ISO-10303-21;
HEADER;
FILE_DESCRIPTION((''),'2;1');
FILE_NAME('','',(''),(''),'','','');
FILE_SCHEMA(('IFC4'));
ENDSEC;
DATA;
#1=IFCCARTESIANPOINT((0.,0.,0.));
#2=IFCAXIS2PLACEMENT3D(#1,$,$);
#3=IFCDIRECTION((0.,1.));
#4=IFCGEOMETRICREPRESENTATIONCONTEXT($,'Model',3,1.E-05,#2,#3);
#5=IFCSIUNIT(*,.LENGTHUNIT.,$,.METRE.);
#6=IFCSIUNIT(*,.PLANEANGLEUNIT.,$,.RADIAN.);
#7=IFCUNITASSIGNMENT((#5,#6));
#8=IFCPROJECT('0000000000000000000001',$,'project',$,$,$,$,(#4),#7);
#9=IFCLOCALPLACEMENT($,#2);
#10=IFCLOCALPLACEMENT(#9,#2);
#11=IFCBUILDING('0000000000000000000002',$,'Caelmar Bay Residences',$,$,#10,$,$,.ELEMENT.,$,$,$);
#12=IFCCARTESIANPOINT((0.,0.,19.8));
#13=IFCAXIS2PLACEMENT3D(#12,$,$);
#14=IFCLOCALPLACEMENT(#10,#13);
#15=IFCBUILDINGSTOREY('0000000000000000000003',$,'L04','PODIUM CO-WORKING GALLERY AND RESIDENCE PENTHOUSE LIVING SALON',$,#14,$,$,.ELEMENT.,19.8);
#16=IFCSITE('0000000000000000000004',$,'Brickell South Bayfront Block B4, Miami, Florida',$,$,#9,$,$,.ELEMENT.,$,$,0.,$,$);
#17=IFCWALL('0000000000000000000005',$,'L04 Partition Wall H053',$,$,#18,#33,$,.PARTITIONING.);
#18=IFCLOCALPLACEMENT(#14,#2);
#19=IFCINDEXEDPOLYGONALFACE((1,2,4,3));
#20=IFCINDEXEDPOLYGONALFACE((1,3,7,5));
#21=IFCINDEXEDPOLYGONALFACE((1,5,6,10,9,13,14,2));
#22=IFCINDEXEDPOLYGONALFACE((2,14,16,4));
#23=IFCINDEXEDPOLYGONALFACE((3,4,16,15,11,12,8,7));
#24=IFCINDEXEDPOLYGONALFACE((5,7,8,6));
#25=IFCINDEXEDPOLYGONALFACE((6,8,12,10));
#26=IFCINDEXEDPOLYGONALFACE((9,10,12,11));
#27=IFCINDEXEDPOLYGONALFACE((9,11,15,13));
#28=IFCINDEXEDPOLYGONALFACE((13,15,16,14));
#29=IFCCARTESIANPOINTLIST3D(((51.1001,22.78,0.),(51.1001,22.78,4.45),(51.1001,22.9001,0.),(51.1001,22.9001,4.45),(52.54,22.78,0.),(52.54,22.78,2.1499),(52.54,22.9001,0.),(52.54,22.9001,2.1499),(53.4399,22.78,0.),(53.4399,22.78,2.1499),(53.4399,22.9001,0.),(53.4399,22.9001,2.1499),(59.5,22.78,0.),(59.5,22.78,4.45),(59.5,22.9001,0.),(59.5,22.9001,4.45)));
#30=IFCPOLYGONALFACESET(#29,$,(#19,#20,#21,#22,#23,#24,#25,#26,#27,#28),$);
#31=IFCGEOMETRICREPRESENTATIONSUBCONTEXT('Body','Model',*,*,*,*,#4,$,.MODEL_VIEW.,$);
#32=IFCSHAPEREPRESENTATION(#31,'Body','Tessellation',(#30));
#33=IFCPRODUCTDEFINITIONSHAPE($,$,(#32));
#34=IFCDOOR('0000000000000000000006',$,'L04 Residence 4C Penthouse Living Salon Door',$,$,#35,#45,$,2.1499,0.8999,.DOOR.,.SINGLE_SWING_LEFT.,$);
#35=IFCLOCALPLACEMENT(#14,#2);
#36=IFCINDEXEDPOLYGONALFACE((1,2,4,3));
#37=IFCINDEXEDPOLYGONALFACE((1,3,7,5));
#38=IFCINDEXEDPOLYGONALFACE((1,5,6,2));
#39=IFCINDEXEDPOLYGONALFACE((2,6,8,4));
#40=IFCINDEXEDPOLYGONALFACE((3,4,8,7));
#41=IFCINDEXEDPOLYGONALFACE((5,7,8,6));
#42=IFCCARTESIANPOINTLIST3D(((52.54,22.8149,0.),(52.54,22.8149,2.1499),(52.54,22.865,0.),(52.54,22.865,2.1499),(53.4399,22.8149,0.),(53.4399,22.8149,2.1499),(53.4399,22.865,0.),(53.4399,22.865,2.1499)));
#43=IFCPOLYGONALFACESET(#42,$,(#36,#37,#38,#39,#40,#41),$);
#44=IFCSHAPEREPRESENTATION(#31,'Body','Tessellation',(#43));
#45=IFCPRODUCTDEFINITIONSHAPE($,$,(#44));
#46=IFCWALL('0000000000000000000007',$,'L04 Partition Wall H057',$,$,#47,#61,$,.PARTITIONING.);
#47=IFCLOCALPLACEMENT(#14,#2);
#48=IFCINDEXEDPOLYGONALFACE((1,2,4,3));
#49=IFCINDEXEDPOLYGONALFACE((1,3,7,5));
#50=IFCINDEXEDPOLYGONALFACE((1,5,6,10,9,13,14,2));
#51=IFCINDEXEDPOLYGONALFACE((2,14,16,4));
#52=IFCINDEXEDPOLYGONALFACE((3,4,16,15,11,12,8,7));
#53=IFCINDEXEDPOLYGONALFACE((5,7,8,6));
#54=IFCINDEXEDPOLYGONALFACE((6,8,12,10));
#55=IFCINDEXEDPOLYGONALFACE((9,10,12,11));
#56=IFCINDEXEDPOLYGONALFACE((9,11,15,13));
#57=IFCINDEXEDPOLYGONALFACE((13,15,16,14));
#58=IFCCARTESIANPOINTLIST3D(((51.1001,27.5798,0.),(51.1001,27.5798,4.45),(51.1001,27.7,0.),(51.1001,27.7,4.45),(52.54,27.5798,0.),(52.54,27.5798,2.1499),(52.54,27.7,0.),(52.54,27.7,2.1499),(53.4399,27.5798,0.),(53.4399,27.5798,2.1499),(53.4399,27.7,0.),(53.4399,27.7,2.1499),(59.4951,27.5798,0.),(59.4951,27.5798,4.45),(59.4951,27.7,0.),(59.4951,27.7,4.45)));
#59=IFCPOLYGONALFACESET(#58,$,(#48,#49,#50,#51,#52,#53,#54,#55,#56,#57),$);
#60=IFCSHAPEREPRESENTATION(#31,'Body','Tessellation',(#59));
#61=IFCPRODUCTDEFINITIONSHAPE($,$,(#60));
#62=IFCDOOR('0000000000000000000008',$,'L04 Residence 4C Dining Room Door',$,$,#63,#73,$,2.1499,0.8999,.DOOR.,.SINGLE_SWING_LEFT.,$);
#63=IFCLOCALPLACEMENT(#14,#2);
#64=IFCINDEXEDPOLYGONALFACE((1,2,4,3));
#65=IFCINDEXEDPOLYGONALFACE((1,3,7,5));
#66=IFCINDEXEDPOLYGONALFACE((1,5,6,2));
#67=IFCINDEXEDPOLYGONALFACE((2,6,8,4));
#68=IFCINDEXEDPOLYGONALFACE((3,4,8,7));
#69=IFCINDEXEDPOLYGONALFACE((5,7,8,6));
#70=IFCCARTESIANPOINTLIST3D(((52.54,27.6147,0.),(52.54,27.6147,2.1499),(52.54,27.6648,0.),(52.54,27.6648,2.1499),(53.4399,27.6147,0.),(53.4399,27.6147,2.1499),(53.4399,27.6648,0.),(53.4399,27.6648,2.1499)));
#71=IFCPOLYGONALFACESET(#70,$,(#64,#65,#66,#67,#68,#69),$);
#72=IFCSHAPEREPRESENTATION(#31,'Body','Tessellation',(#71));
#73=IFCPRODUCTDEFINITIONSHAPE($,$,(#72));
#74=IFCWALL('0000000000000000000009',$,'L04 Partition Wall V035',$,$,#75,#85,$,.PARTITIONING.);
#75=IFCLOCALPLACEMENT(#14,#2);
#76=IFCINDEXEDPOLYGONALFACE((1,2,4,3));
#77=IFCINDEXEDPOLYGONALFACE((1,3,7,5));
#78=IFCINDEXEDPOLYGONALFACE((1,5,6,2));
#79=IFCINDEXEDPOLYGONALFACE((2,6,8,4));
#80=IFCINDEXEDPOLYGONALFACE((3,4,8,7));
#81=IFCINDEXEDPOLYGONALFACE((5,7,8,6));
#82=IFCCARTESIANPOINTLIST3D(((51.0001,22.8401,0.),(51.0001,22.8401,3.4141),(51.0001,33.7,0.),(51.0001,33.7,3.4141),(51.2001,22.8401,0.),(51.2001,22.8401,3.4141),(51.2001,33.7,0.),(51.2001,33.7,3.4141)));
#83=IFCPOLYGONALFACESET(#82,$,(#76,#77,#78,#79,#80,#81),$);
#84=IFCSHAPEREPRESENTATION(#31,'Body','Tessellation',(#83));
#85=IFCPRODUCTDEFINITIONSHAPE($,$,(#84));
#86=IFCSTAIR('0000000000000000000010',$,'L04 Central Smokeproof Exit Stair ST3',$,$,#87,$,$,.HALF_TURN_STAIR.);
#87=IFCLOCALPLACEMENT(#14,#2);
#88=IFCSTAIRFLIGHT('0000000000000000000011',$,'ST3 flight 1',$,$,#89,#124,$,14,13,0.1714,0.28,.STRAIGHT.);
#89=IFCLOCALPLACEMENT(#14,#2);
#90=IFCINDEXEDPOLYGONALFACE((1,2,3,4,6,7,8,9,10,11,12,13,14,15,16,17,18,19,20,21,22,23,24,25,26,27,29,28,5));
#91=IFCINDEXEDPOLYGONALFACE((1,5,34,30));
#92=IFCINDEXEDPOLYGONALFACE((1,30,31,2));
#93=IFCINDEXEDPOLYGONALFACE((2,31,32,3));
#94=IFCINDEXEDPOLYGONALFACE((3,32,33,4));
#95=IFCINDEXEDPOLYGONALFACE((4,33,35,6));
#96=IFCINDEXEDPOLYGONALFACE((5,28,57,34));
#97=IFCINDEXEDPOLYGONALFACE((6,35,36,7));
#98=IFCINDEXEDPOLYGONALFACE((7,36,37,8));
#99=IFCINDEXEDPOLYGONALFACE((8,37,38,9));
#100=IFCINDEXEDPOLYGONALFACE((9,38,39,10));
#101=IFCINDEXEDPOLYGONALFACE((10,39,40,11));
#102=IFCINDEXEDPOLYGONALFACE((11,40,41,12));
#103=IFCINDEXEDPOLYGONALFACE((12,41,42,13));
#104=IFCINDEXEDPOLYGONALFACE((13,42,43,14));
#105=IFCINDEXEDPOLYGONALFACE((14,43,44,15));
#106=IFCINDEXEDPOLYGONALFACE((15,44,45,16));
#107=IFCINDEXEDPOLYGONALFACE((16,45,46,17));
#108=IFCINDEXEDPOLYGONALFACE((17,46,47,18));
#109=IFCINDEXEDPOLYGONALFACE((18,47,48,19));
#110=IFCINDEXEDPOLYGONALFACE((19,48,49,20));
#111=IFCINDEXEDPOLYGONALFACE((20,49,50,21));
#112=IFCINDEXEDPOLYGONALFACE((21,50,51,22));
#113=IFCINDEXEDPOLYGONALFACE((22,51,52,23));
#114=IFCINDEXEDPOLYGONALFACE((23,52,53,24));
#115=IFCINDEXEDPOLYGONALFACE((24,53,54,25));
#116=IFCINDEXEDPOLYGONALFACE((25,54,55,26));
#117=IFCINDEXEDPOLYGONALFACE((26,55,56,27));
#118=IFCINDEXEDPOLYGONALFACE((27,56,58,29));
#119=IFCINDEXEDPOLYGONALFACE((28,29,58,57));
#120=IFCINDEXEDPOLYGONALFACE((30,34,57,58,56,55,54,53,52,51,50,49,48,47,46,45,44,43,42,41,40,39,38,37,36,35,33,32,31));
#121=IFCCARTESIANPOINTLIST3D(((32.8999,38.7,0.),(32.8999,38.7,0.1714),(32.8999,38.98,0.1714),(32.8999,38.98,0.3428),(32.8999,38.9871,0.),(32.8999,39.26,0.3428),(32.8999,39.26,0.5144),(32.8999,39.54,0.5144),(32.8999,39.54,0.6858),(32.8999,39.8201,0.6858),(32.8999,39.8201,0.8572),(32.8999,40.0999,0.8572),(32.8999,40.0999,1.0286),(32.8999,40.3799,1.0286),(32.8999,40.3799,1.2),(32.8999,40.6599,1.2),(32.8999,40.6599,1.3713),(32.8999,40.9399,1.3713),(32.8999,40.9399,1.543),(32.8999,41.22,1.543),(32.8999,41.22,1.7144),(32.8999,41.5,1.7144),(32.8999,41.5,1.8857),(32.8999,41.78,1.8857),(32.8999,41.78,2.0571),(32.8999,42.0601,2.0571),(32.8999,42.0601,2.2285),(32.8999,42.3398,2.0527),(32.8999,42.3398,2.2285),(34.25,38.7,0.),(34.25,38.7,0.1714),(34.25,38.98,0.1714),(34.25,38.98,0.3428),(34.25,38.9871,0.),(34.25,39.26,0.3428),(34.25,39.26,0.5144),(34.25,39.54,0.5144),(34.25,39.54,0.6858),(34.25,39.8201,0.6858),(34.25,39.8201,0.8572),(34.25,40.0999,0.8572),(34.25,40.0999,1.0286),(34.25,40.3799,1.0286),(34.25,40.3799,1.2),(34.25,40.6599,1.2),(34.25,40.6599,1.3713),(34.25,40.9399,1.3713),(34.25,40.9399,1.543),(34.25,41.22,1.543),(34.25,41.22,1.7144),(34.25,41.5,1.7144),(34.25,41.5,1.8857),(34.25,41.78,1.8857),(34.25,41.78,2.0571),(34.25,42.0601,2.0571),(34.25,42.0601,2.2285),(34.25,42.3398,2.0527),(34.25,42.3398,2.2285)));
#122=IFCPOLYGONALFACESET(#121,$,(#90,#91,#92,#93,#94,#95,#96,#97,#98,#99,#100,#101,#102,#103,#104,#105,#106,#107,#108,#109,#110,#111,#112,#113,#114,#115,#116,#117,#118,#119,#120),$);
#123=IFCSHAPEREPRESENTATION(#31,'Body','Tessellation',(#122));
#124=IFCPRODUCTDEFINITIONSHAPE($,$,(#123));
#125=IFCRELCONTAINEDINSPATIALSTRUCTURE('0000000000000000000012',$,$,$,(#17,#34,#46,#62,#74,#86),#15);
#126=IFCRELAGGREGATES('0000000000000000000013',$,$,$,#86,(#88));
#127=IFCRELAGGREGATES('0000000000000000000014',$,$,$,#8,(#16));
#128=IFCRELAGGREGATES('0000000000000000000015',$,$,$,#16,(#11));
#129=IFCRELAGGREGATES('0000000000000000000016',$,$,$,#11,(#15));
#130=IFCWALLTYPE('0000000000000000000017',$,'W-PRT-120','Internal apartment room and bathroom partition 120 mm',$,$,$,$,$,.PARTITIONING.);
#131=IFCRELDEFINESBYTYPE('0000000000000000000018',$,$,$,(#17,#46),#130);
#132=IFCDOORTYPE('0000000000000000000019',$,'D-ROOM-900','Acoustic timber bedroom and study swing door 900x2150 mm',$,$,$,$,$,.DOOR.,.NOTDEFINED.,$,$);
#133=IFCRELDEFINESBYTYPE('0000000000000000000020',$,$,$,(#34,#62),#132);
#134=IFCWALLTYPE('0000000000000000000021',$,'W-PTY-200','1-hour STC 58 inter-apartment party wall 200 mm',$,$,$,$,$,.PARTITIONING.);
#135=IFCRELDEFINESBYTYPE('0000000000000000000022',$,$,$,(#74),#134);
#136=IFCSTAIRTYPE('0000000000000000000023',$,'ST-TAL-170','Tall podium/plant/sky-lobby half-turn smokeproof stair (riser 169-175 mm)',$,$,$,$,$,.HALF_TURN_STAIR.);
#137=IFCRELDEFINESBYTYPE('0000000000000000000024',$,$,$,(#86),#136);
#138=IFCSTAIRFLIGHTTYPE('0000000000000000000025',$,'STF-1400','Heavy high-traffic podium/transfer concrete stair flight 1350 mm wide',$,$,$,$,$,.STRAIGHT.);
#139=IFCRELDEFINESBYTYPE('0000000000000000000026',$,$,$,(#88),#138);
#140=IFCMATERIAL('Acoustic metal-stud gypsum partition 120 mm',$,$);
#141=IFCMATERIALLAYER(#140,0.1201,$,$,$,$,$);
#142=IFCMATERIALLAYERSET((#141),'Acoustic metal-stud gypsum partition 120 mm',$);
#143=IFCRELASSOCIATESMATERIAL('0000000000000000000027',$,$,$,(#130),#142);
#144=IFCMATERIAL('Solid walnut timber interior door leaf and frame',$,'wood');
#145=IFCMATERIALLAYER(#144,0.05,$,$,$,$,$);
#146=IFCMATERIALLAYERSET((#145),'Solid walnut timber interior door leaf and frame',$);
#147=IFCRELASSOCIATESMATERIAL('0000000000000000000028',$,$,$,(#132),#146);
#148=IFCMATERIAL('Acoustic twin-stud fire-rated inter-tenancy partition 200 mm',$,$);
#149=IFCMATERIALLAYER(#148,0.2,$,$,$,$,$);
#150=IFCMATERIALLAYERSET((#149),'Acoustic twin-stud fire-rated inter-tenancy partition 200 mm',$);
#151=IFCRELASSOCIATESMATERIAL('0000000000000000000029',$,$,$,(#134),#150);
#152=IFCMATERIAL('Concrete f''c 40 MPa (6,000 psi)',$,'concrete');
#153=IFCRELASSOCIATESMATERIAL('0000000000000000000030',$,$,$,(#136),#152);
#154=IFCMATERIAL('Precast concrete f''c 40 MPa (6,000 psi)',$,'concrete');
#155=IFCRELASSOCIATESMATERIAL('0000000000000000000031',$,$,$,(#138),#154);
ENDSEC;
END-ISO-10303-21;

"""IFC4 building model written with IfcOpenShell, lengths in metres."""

from ifc_helpers import new_model, si_unit, direction, frame, frame_2d, origin, place, context, subcontext, project, spatial, polyline, rectangle, outline, extrude, material, layer, layer_set, type_object, element, fill, aggregate, save


model = new_model("IFC4")

# Units and contexts
model_context = context("Model", 3, precision=1e-05, world=origin(), true_north=direction((0.0, 1.0)))
body_context = subcontext(model_context, "Body", "Model", "MODEL_VIEW")
ifc_project = project(units=[si_unit("LENGTHUNIT", "METRE"), si_unit("PLANEANGLEUNIT", "RADIAN")], contexts=[model_context])

# Site, building, storey
site_placement = place(None, origin())
site = spatial("IfcSite", under=ifc_project, at=site_placement, Name="Brickell South Bayfront Block B4, Miami, Florida", CompositionType="ELEMENT", RefElevation=0.0)
building_placement = place(site_placement, origin())
building = spatial("IfcBuilding", under=site, at=building_placement, Name="Caelmar Bay Residences", CompositionType="ELEMENT")
storey_placement = place(building_placement, frame((0.0, 0.0, 19.8)))
storey = spatial("IfcBuildingStorey", under=building, at=storey_placement, Name="L04", Description="PODIUM CO-WORKING GALLERY AND RESIDENCE PENTHOUSE LIVING SALON", CompositionType="ELEMENT", Elevation=19.8)

# Walls, openings, doors
ifc_material_1 = material(Name="Acoustic metal-stud gypsum partition 120 mm")
ifc_layer_1 = layer(ifc_material_1, 0.1201)
ifc_layer_set_1 = layer_set([ifc_layer_1], Name="Acoustic metal-stud gypsum partition 120 mm")
wall_type_1 = type_object("IfcWallType", Name="W-PRT-120", Description="Internal apartment room and bathroom partition 120 mm", PredefinedType="PARTITIONING", material=ifc_layer_set_1)
ifc_material_2 = material(Name="Solid walnut timber interior door leaf and frame", Category="wood")
ifc_layer_2 = layer(ifc_material_2, 0.05)
ifc_layer_set_2 = layer_set([ifc_layer_2], Name="Solid walnut timber interior door leaf and frame")
door_type_1 = type_object("IfcDoorType", Name="D-ROOM-900", Description="Acoustic timber bedroom and study swing door 900x2150 mm", OperationType="NOTDEFINED", PredefinedType="DOOR", material=ifc_layer_set_2)
wall_1_placement = place(storey_placement, frame((51.1001, 22.8401, 0.0), z_axis=(0.0, 0.0, 1.0), x_axis=(1.0, 0.0, 0.0)))
wall_1 = element("IfcWall", 1, at=wall_1_placement, inside=storey, type_object=wall_type_1, Name="L04 Partition Wall H053", PredefinedType="PARTITIONING", context=body_context, shape_type="SweptSolid", body=[
    extrude(rectangle(XDim=8.3999, YDim=0.1201, at=frame_2d((4.2, 0.0))), origin(), (0.0, 0.0, 1.0), 4.45),
])
opening_1_placement = place(wall_1_placement, frame((1.4399, 0.0, 0.0)))
opening_1 = element("IfcOpeningElement", 2, at=opening_1_placement, cuts=wall_1, PredefinedType="OPENING", context=body_context, shape_type="SweptSolid", body=[
    extrude(rectangle(XDim=0.8999, YDim=2.1499, at=frame_2d((0.45, 1.075))), frame((0.0, 0.0701, 0.0), z_axis=(0.0, -1.0, 0.0), x_axis=(1.0, 0.0, 0.0)), (0.0, 0.0, 1.0), 0.1401),
])
door_1_placement = place(opening_1_placement, origin())
door_1 = element("IfcDoor", 3, at=door_1_placement, inside=storey, type_object=door_type_1, Name="L04 Residence 4C Penthouse Living Salon Door", OperationType="SINGLE_SWING_LEFT", OverallHeight=2.1499, OverallWidth=0.8999, PredefinedType="DOOR", context=body_context, shape_type="SweptSolid", body=[
    extrude(rectangle(XDim=0.8999, YDim=2.1499, at=frame_2d((0.45, 1.075))), frame((0.0, 0.0249, 0.0), z_axis=(0.0, -1.0, 0.0), x_axis=(1.0, 0.0, 0.0)), (0.0, 0.0, 1.0), 0.05),
])
fill(opening_1, door_1)
wall_2_placement = place(storey_placement, frame((51.1001, 27.6399, 0.0), z_axis=(0.0, 0.0, 1.0), x_axis=(1.0, 0.0, 0.0)))
wall_2 = element("IfcWall", 4, at=wall_2_placement, inside=storey, type_object=wall_type_1, Name="L04 Partition Wall H057", PredefinedType="PARTITIONING", context=body_context, shape_type="SweptSolid", body=[
    extrude(rectangle(XDim=8.395, YDim=0.1201, at=frame_2d((4.1975, 0.0))), origin(), (0.0, 0.0, 1.0), 4.45),
])
opening_2_placement = place(wall_2_placement, frame((1.4399, 0.0, 0.0)))
opening_2 = element("IfcOpeningElement", 5, at=opening_2_placement, cuts=wall_2, PredefinedType="OPENING", context=body_context, shape_type="SweptSolid", body=[
    extrude(rectangle(XDim=0.8999, YDim=2.1499, at=frame_2d((0.45, 1.075))), frame((0.0, 0.0701, 0.0), z_axis=(0.0, -1.0, 0.0), x_axis=(1.0, 0.0, 0.0)), (0.0, 0.0, 1.0), 0.1401),
])
door_2_placement = place(opening_2_placement, origin())
door_2 = element("IfcDoor", 6, at=door_2_placement, inside=storey, type_object=door_type_1, Name="L04 Residence 4C Dining Room Door", OperationType="SINGLE_SWING_LEFT", OverallHeight=2.1499, OverallWidth=0.8999, PredefinedType="DOOR", context=body_context, shape_type="SweptSolid", body=[
    extrude(rectangle(XDim=0.8999, YDim=2.1499, at=frame_2d((0.45, 1.075))), frame((0.0, 0.0249, 0.0), z_axis=(0.0, -1.0, 0.0), x_axis=(1.0, 0.0, 0.0)), (0.0, 0.0, 1.0), 0.05),
])
fill(opening_2, door_2)

# Wall
ifc_material_3 = material(Name="Acoustic twin-stud fire-rated inter-tenancy partition 200 mm")
ifc_layer_3 = layer(ifc_material_3, 0.2)
ifc_layer_set_3 = layer_set([ifc_layer_3], Name="Acoustic twin-stud fire-rated inter-tenancy partition 200 mm")
wall_type_2 = type_object("IfcWallType", Name="W-PTY-200", Description="1-hour STC 58 inter-apartment party wall 200 mm", PredefinedType="PARTITIONING", material=ifc_layer_set_3)
wall_3_placement = place(storey_placement, frame((51.1001, 22.8401, 0.0), z_axis=(0.0, 0.0, 1.0), x_axis=(0.0, 1.0, 0.0)))
element("IfcWall", 7, at=wall_3_placement, inside=storey, type_object=wall_type_2, Name="L04 Partition Wall V035", PredefinedType="PARTITIONING", context=body_context, shape_type="SweptSolid", body=[
    extrude(rectangle(XDim=10.8599, YDim=0.2, at=frame_2d((5.4299, 0.0))), origin(), (0.0, 0.0, 1.0), 3.4141),
])

# Stair, stair flight
ifc_material_4 = material(Name="Concrete f'c 40 MPa (6,000 psi)", Category="concrete")
stair_type = type_object("IfcStairType", Name="ST-TAL-170", Description="Tall podium/plant/sky-lobby half-turn smokeproof stair (riser 169-175 mm)", PredefinedType="HALF_TURN_STAIR", material=ifc_material_4)
stair_placement = place(storey_placement, origin())
stair = element("IfcStair", 8, at=stair_placement, inside=storey, type_object=stair_type, Name="L04 Central Smokeproof Exit Stair ST3", PredefinedType="HALF_TURN_STAIR")
ifc_material_5 = material(Name="Precast concrete f'c 40 MPa (6,000 psi)", Category="concrete")
stair_flight_type = type_object("IfcStairFlightType", Name="STF-1400", Description="Heavy high-traffic podium/transfer concrete stair flight 1350 mm wide", PredefinedType="STRAIGHT", material=ifc_material_5)
stair_flight_placement = place(storey_placement, frame((33.575, 38.7, 0.0), z_axis=(0.0, 0.0, 1.0), x_axis=(0.0, 1.0, 0.0)))
stair_flight = element("IfcStairFlight", 9, at=stair_flight_placement, type_object=stair_flight_type, Name="ST3 flight 1", NumberOfRisers=14, NumberOfTreads=13, PredefinedType="STRAIGHT", RiserHeight=0.1714, TreadLength=0.28, context=body_context, shape_type="SweptSolid", body=[
    extrude(outline(polyline([(0.0, 0.0), (0.0, 0.1714), (0.28, 0.1714), (0.28, 0.3428), (0.5601, 0.3428), (0.5601, 0.5144), (0.8401, 0.5144), (0.8401, 0.6858), (1.1201, 0.6858), (1.1201, 0.8572), (1.3999, 0.8572), (1.3999, 1.0286), (1.6799, 1.0286), (1.6799, 1.2), (1.96, 1.2), (1.96, 1.3713), (2.24, 1.3713), (2.24, 1.543), (2.52, 1.543), (2.52, 1.7144), (2.8, 1.7144), (2.8, 1.8857), (3.0801, 1.8857), (3.0801, 2.0571), (3.3601, 2.0571), (3.3601, 2.2285), (3.6399, 2.2285), (3.6399, 2.3999), (3.6399, 2.0527), (0.2871, 0.0), (0.0, 0.0)])), frame((0.0, 0.675, 0.0), z_axis=(0.0, -1.0, 0.0), x_axis=(1.0, 0.0, 0.0)), (0.0, 0.0, 1.0), 1.3501),
])
aggregate(stair, [stair_flight])

save(model, "model.ifc")
